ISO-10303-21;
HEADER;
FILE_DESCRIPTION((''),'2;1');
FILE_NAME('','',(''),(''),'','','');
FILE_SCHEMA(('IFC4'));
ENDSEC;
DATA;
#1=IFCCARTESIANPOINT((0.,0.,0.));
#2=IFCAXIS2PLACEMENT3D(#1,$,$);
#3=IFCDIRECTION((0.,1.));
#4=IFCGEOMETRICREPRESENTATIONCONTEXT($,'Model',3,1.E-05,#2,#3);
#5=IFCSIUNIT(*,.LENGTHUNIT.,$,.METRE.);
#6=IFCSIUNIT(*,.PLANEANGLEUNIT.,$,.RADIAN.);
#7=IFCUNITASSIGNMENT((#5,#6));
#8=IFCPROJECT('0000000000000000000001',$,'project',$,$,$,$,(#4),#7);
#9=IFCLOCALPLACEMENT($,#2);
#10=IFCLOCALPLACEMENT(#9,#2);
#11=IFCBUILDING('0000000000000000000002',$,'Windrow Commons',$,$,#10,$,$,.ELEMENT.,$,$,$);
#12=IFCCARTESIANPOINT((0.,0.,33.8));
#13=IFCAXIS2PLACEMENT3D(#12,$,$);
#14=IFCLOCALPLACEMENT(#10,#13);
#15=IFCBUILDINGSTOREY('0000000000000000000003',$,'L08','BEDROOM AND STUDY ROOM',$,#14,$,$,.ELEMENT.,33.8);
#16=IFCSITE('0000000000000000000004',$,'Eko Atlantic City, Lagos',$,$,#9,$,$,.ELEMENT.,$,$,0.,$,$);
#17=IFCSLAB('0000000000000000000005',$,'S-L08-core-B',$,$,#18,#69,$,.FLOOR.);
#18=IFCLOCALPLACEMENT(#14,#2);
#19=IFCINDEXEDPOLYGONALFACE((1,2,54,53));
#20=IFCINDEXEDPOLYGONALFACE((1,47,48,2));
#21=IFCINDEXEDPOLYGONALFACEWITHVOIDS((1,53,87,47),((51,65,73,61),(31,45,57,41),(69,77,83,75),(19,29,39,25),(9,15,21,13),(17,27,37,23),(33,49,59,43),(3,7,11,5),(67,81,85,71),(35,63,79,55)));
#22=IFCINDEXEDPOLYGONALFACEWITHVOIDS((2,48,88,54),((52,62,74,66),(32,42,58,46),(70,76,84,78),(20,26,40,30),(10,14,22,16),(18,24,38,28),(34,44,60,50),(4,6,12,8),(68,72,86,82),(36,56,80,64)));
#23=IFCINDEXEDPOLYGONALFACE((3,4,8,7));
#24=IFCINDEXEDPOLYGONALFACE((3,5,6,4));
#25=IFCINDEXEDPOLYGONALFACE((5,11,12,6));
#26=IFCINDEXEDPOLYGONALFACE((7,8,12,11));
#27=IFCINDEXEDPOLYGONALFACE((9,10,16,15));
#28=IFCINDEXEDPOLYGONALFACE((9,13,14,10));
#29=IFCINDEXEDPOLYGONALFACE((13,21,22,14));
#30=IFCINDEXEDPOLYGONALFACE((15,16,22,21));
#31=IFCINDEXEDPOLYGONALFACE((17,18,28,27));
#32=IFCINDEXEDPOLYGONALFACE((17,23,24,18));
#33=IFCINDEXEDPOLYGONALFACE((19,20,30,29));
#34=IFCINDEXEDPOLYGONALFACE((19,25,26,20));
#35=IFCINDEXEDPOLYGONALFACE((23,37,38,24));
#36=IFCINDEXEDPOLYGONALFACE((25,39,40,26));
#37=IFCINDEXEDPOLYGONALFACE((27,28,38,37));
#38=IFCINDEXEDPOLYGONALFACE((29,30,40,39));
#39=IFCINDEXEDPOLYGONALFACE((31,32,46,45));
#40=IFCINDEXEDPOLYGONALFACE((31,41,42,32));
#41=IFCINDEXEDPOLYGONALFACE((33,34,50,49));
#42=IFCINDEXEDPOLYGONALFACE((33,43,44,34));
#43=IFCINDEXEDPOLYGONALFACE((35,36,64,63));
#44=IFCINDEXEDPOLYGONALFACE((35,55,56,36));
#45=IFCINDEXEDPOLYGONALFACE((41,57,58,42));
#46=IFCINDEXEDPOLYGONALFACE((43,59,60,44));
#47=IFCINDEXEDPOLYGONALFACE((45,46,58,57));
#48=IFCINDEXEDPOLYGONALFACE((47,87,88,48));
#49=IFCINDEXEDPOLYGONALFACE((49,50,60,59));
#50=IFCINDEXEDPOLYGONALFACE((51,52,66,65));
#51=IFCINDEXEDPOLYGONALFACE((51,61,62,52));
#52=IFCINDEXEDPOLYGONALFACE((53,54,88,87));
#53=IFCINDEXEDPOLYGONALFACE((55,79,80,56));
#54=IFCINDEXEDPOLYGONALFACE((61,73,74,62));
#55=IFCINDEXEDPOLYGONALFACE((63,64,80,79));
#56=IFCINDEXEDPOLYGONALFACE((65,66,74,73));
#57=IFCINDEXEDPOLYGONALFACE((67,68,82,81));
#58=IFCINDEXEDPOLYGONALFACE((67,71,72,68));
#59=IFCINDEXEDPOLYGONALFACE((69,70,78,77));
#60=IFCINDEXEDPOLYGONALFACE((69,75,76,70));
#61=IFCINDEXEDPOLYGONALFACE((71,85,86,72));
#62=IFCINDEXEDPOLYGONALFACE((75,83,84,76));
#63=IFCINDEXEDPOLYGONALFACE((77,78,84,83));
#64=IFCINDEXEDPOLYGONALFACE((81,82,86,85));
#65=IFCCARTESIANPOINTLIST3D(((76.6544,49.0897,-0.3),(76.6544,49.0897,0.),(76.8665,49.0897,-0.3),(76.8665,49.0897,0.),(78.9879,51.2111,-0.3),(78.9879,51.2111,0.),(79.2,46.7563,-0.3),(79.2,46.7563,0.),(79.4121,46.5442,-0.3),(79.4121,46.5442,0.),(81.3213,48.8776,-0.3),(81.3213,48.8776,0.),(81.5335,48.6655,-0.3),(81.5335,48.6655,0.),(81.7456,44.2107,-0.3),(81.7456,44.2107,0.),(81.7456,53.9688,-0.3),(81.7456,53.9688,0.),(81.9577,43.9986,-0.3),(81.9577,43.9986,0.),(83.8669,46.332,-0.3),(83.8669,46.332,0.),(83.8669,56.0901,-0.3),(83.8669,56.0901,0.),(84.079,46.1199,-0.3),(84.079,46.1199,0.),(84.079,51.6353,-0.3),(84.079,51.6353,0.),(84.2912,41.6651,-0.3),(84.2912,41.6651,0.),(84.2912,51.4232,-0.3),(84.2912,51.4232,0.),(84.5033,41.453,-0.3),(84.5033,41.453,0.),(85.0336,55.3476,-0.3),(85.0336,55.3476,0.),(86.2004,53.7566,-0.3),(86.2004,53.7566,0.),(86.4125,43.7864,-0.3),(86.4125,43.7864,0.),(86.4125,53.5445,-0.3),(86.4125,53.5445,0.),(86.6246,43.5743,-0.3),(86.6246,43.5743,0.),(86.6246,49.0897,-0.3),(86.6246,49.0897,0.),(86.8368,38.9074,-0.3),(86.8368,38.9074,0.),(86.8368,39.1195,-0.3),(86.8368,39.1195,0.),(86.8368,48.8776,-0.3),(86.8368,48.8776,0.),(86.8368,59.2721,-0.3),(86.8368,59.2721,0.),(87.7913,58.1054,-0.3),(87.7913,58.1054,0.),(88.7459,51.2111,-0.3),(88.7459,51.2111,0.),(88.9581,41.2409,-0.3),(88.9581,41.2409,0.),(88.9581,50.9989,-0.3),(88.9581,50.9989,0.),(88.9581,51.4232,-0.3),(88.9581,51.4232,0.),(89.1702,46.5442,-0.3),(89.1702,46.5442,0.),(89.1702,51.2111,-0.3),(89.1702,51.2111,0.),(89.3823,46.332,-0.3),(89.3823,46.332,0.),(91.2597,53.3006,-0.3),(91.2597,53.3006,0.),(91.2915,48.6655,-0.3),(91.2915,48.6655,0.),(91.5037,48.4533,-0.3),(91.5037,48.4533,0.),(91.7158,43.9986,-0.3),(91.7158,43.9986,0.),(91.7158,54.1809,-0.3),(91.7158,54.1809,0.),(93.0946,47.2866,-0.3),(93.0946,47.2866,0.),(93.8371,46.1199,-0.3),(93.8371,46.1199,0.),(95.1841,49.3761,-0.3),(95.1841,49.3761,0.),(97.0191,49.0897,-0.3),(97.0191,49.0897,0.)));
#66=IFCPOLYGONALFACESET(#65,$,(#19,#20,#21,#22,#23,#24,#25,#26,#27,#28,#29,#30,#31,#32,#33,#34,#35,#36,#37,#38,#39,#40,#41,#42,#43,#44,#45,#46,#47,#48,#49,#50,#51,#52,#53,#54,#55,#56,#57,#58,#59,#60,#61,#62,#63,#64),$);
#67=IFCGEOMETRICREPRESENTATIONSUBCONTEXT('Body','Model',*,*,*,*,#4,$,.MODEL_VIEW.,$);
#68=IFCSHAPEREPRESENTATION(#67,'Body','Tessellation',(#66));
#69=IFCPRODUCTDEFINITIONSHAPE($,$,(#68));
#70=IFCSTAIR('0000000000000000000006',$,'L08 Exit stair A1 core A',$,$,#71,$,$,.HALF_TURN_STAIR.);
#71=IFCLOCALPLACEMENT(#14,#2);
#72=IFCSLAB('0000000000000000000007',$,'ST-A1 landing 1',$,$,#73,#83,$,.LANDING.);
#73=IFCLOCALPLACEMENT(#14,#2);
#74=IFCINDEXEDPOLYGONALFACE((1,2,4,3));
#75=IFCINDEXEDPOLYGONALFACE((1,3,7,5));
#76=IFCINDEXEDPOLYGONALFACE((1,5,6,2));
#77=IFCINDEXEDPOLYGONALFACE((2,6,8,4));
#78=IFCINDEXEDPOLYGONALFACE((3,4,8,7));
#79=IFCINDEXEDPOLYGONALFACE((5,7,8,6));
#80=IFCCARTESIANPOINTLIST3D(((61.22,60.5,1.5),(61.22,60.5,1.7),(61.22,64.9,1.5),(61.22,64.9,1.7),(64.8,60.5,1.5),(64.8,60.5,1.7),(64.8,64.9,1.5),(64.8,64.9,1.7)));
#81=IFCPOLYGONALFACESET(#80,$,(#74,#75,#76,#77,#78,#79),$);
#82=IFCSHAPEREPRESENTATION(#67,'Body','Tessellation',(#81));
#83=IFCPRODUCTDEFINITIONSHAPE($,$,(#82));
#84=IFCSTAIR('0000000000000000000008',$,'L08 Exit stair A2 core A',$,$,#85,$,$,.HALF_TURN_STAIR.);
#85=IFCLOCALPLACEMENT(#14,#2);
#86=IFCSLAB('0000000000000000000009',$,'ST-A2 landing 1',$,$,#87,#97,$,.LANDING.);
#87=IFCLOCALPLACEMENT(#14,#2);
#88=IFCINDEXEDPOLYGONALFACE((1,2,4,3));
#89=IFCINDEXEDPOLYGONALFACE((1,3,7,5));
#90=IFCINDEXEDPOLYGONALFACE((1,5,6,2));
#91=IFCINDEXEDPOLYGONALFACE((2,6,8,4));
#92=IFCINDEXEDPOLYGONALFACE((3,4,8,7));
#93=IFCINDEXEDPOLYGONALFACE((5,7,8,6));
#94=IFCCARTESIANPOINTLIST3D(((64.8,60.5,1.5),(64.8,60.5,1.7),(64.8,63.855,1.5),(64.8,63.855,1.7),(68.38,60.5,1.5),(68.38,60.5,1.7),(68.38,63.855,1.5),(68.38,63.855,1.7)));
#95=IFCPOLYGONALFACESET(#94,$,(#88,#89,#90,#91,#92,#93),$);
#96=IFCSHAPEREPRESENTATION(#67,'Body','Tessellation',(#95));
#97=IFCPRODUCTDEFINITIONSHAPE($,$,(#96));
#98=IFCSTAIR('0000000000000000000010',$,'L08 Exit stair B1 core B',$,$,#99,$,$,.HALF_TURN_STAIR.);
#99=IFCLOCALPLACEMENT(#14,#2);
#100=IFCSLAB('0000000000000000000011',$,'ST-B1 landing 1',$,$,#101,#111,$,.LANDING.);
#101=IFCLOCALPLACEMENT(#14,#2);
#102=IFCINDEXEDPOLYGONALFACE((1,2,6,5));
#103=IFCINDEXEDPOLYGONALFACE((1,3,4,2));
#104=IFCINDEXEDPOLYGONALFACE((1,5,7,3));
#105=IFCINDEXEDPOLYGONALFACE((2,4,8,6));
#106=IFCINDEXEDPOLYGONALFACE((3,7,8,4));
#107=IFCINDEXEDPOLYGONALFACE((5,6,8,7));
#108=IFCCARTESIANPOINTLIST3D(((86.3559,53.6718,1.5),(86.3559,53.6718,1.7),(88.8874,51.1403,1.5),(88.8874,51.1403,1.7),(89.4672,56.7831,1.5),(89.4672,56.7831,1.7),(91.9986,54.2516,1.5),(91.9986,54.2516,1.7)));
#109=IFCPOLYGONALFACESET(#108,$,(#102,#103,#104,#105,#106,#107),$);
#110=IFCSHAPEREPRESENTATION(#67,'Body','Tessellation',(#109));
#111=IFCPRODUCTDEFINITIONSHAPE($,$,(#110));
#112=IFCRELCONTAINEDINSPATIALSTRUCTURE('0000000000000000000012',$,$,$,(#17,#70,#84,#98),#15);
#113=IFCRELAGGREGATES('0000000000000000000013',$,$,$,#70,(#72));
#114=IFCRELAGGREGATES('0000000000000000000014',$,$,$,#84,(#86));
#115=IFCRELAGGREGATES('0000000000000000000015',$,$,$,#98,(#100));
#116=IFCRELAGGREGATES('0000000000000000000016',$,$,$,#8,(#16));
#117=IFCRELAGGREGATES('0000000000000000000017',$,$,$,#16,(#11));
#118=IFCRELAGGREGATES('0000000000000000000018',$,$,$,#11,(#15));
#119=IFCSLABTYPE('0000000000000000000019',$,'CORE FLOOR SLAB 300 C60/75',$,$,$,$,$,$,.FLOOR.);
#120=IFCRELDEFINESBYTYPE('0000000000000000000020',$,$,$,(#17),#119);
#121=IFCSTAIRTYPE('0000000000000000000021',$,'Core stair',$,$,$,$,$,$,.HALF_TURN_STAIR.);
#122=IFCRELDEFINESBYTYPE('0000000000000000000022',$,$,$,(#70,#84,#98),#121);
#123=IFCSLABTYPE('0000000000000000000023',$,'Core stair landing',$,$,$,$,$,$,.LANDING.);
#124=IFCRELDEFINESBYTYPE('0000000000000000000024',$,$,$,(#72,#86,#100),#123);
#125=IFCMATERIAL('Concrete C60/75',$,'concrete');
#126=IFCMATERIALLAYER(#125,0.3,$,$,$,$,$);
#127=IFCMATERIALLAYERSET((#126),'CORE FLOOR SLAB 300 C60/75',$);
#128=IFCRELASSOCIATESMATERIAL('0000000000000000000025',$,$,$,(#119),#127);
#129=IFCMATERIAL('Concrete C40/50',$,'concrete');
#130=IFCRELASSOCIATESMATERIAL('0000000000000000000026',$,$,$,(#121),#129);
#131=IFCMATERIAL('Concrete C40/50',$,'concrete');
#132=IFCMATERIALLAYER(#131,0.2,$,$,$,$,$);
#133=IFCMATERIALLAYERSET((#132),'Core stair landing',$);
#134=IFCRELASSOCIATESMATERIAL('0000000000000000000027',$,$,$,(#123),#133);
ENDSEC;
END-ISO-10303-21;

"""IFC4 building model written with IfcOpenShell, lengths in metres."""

from ifc_helpers import new_model, si_unit, direction, frame, origin, place, context, subcontext, project, spatial, polyline, outline, extrude, material, layer, layer_set, type_object, element, aggregate, save


model = new_model("IFC4")

# Units and contexts
model_context = context("Model", 3, precision=1e-05, world=origin(), true_north=direction((0.0, 1.0)))
body_context = subcontext(model_context, "Body", "Model", "MODEL_VIEW")
ifc_project = project(units=[si_unit("LENGTHUNIT", "METRE"), si_unit("PLANEANGLEUNIT", "RADIAN")], contexts=[model_context])

# Site, building, storey
site_placement = place(None, origin())
site = spatial("IfcSite", under=ifc_project, at=site_placement, Name="Eko Atlantic City, Lagos", CompositionType="ELEMENT", RefElevation=0.0)
building_placement = place(site_placement, origin())
building = spatial("IfcBuilding", under=site, at=building_placement, Name="Windrow Commons", CompositionType="ELEMENT")
storey_placement = place(building_placement, frame((0.0, 0.0, 33.8)))
storey = spatial("IfcBuildingStorey", under=building, at=storey_placement, Name="L08", Description="BEDROOM AND STUDY ROOM", CompositionType="ELEMENT", Elevation=33.8)

# Slab, openings
ifc_material_1 = material(Name="Concrete C60/75", Category="concrete")
ifc_layer_1 = layer(ifc_material_1, 0.3)
ifc_layer_set_1 = layer_set([ifc_layer_1], Name="CORE FLOOR SLAB 300 C60/75")
slab_type_1 = type_object("IfcSlabType", Name="CORE FLOOR SLAB 300 C60/75", PredefinedType="FLOOR", material=ifc_layer_set_1)
placement_1 = place(storey_placement, frame((0.0, 0.0, -0.3)))
slab_1 = element("IfcSlab", 1, at=placement_1, inside=storey, type_object=slab_type_1, Name="S-L08-core-B", PredefinedType="FLOOR", context=body_context, shape_type="SweptSolid", body=[
    extrude(outline(polyline([(76.6544, 49.0897), (86.8368, 38.9074), (97.0191, 49.0897), (86.8368, 59.2721), (76.6544, 49.0897)]), holes=[polyline([(76.8665, 49.0897), (79.2, 46.7563), (81.3213, 48.8776), (78.9879, 51.2111), (76.8665, 49.0897)]), polyline([(79.4121, 46.5442), (81.7456, 44.2107), (83.8669, 46.332), (81.5335, 48.6655), (79.4121, 46.5442)]), polyline([(81.9577, 43.9986), (84.2912, 41.6651), (86.4125, 43.7864), (84.079, 46.1199), (81.9577, 43.9986)]), polyline([(84.5033, 41.453), (86.8368, 39.1195), (88.9581, 41.2409), (86.6246, 43.5743), (84.5033, 41.453)]), polyline([(81.7456, 53.9688), (84.079, 51.6353), (86.2004, 53.7566), (83.8669, 56.0901), (81.7456, 53.9688)]), polyline([(84.2912, 51.4232), (86.6246, 49.0897), (88.7459, 51.2111), (86.4125, 53.5445), (84.2912, 51.4232)]), polyline([(86.8368, 48.8776), (89.1702, 46.5442), (91.2915, 48.6655), (88.9581, 50.9989), (86.8368, 48.8776)]), polyline([(89.3823, 46.332), (91.7158, 43.9986), (93.8371, 46.1199), (91.5037, 48.4533), (89.3823, 46.332)]), polyline([(85.0336, 55.3476), (88.9581, 51.4232), (91.7158, 54.1809), (87.7913, 58.1054), (85.0336, 55.3476)]), polyline([(89.1702, 51.2111), (93.0946, 47.2866), (95.1841, 49.3761), (91.2597, 53.3006), (89.1702, 51.2111)])]), origin(), (0.0, 0.0, 1.0), 0.3),
])
opening_1_placement = place(placement_1, origin())
element("IfcOpeningElement", 2, at=opening_1_placement, cuts=slab_1, PredefinedType="OPENING", context=body_context, shape_type="SweptSolid", body=[
    extrude(outline(polyline([(76.8736, 49.0897), (78.9879, 51.204), (81.3142, 48.8776), (79.2, 46.7634), (76.8736, 49.0897)])), origin(), (0.0, 0.0, 1.0), 0.3),
])
opening_2_placement = place(placement_1, origin())
element("IfcOpeningElement", 3, at=opening_2_placement, cuts=slab_1, PredefinedType="OPENING", context=body_context, shape_type="SweptSolid", body=[
    extrude(outline(polyline([(79.4192, 46.5442), (81.5335, 48.6584), (83.8598, 46.332), (81.7456, 44.2178), (79.4192, 46.5442)])), origin(), (0.0, 0.0, 1.0), 0.3),
])
opening_3_placement = place(placement_1, origin())
element("IfcOpeningElement", 4, at=opening_3_placement, cuts=slab_1, PredefinedType="OPENING", context=body_context, shape_type="SweptSolid", body=[
    extrude(outline(polyline([(81.9648, 43.9986), (84.079, 46.1128), (86.4054, 43.7864), (84.2912, 41.6722), (81.9648, 43.9986)])), origin(), (0.0, 0.0, 1.0), 0.3),
])
opening_4_placement = place(placement_1, origin())
element("IfcOpeningElement", 5, at=opening_4_placement, cuts=slab_1, PredefinedType="OPENING", context=body_context, shape_type="SweptSolid", body=[
    extrude(outline(polyline([(84.5104, 41.453), (86.6246, 43.5672), (88.951, 41.2409), (86.8368, 39.1266), (84.5104, 41.453)])), origin(), (0.0, 0.0, 1.0), 0.3),
])
opening_5_placement = place(placement_1, origin())
element("IfcOpeningElement", 6, at=opening_5_placement, cuts=slab_1, PredefinedType="OPENING", context=body_context, shape_type="SweptSolid", body=[
    extrude(outline(polyline([(81.7527, 53.9688), (83.8669, 56.083), (86.1933, 53.7566), (84.079, 51.6424), (81.7527, 53.9688)])), origin(), (0.0, 0.0, 1.0), 0.3),
])
opening_6_placement = place(placement_1, origin())
element("IfcOpeningElement", 7, at=opening_6_placement, cuts=slab_1, PredefinedType="OPENING", context=body_context, shape_type="SweptSolid", body=[
    extrude(outline(polyline([(84.2983, 51.4232), (86.4125, 53.5374), (88.7388, 51.2111), (86.6246, 49.0968), (84.2983, 51.4232)])), origin(), (0.0, 0.0, 1.0), 0.3),
])
opening_7_placement = place(placement_1, origin())
element("IfcOpeningElement", 8, at=opening_7_placement, cuts=slab_1, PredefinedType="OPENING", context=body_context, shape_type="SweptSolid", body=[
    extrude(outline(polyline([(86.8439, 48.8776), (88.9581, 50.9918), (91.2844, 48.6655), (89.1702, 46.5513), (86.8439, 48.8776)])), origin(), (0.0, 0.0, 1.0), 0.3),
])
opening_8_placement = place(placement_1, origin())
element("IfcOpeningElement", 9, at=opening_8_placement, cuts=slab_1, PredefinedType="OPENING", context=body_context, shape_type="SweptSolid", body=[
    extrude(outline(polyline([(89.3894, 46.332), (91.5037, 48.4462), (93.83, 46.1199), (91.7158, 44.0057), (89.3894, 46.332)])), origin(), (0.0, 0.0, 1.0), 0.3),
])
opening_9_placement = place(placement_1, origin())
element("IfcOpeningElement", 10, at=opening_9_placement, cuts=slab_1, PredefinedType="OPENING", context=body_context, shape_type="SweptSolid", body=[
    extrude(outline(polyline([(85.0407, 55.3476), (87.7913, 58.0983), (91.7087, 54.1809), (88.9581, 51.4303), (85.0407, 55.3476)])), origin(), (0.0, 0.0, 1.0), 0.3),
])
opening_10_placement = place(placement_1, origin())
element("IfcOpeningElement", 11, at=opening_10_placement, cuts=slab_1, PredefinedType="OPENING", context=body_context, shape_type="SweptSolid", body=[
    extrude(outline(polyline([(89.1773, 51.2111), (91.2597, 53.2935), (95.177, 49.3761), (93.0946, 47.2937), (89.1773, 51.2111)])), origin(), (0.0, 0.0, 1.0), 0.3),
])

# Stairs, slabs
ifc_material_2 = material(Name="Concrete C40/50", Category="concrete")
stair_type = type_object("IfcStairType", Name="Core stair", PredefinedType="HALF_TURN_STAIR", material=ifc_material_2)
placement_2 = place(storey_placement, origin())
stair_1 = element("IfcStair", 12, at=placement_2, inside=storey, type_object=stair_type, Name="L08 Exit stair A1 core A", PredefinedType="HALF_TURN_STAIR")
ifc_material_3 = material(Name="Concrete C40/50", Category="concrete")
ifc_layer_2 = layer(ifc_material_3, 0.2)
ifc_layer_set_2 = layer_set([ifc_layer_2], Name="Core stair landing")
slab_type_2 = type_object("IfcSlabType", Name="Core stair landing", PredefinedType="LANDING", material=ifc_layer_set_2)
placement_3 = place(storey_placement, frame((0.0, 0.0, 1.5)))
slab_2 = element("IfcSlab", 13, at=placement_3, type_object=slab_type_2, Name="ST-A1 landing 1", PredefinedType="LANDING", context=body_context, shape_type="SweptSolid", body=[
    extrude(outline(polyline([(61.22, 60.5), (64.8, 60.5), (64.8, 64.9), (61.22, 64.9), (61.22, 60.5)])), origin(), (0.0, 0.0, 1.0), 0.2),
])
aggregate(stair_1, [slab_2])
stair_2 = element("IfcStair", 14, at=placement_2, inside=storey, type_object=stair_type, Name="L08 Exit stair A2 core A", PredefinedType="HALF_TURN_STAIR")
slab_3 = element("IfcSlab", 15, at=placement_3, type_object=slab_type_2, Name="ST-A2 landing 1", PredefinedType="LANDING", context=body_context, shape_type="SweptSolid", body=[
    extrude(outline(polyline([(64.8, 60.5), (68.38, 60.5), (68.38, 63.855), (64.8, 63.855), (64.8, 60.5)])), origin(), (0.0, 0.0, 1.0), 0.2),
])
aggregate(stair_2, [slab_3])
stair_3 = element("IfcStair", 16, at=placement_2, inside=storey, type_object=stair_type, Name="L08 Exit stair B1 core B", PredefinedType="HALF_TURN_STAIR")
slab_4 = element("IfcSlab", 17, at=placement_3, type_object=slab_type_2, Name="ST-B1 landing 1", PredefinedType="LANDING", context=body_context, shape_type="SweptSolid", body=[
    extrude(outline(polyline([(86.3559, 53.6718), (88.8874, 51.1403), (91.9986, 54.2516), (89.4672, 56.7831), (86.3559, 53.6718)])), origin(), (0.0, 0.0, 1.0), 0.2),
])
aggregate(stair_3, [slab_4])

save(model, "model.ifc")
